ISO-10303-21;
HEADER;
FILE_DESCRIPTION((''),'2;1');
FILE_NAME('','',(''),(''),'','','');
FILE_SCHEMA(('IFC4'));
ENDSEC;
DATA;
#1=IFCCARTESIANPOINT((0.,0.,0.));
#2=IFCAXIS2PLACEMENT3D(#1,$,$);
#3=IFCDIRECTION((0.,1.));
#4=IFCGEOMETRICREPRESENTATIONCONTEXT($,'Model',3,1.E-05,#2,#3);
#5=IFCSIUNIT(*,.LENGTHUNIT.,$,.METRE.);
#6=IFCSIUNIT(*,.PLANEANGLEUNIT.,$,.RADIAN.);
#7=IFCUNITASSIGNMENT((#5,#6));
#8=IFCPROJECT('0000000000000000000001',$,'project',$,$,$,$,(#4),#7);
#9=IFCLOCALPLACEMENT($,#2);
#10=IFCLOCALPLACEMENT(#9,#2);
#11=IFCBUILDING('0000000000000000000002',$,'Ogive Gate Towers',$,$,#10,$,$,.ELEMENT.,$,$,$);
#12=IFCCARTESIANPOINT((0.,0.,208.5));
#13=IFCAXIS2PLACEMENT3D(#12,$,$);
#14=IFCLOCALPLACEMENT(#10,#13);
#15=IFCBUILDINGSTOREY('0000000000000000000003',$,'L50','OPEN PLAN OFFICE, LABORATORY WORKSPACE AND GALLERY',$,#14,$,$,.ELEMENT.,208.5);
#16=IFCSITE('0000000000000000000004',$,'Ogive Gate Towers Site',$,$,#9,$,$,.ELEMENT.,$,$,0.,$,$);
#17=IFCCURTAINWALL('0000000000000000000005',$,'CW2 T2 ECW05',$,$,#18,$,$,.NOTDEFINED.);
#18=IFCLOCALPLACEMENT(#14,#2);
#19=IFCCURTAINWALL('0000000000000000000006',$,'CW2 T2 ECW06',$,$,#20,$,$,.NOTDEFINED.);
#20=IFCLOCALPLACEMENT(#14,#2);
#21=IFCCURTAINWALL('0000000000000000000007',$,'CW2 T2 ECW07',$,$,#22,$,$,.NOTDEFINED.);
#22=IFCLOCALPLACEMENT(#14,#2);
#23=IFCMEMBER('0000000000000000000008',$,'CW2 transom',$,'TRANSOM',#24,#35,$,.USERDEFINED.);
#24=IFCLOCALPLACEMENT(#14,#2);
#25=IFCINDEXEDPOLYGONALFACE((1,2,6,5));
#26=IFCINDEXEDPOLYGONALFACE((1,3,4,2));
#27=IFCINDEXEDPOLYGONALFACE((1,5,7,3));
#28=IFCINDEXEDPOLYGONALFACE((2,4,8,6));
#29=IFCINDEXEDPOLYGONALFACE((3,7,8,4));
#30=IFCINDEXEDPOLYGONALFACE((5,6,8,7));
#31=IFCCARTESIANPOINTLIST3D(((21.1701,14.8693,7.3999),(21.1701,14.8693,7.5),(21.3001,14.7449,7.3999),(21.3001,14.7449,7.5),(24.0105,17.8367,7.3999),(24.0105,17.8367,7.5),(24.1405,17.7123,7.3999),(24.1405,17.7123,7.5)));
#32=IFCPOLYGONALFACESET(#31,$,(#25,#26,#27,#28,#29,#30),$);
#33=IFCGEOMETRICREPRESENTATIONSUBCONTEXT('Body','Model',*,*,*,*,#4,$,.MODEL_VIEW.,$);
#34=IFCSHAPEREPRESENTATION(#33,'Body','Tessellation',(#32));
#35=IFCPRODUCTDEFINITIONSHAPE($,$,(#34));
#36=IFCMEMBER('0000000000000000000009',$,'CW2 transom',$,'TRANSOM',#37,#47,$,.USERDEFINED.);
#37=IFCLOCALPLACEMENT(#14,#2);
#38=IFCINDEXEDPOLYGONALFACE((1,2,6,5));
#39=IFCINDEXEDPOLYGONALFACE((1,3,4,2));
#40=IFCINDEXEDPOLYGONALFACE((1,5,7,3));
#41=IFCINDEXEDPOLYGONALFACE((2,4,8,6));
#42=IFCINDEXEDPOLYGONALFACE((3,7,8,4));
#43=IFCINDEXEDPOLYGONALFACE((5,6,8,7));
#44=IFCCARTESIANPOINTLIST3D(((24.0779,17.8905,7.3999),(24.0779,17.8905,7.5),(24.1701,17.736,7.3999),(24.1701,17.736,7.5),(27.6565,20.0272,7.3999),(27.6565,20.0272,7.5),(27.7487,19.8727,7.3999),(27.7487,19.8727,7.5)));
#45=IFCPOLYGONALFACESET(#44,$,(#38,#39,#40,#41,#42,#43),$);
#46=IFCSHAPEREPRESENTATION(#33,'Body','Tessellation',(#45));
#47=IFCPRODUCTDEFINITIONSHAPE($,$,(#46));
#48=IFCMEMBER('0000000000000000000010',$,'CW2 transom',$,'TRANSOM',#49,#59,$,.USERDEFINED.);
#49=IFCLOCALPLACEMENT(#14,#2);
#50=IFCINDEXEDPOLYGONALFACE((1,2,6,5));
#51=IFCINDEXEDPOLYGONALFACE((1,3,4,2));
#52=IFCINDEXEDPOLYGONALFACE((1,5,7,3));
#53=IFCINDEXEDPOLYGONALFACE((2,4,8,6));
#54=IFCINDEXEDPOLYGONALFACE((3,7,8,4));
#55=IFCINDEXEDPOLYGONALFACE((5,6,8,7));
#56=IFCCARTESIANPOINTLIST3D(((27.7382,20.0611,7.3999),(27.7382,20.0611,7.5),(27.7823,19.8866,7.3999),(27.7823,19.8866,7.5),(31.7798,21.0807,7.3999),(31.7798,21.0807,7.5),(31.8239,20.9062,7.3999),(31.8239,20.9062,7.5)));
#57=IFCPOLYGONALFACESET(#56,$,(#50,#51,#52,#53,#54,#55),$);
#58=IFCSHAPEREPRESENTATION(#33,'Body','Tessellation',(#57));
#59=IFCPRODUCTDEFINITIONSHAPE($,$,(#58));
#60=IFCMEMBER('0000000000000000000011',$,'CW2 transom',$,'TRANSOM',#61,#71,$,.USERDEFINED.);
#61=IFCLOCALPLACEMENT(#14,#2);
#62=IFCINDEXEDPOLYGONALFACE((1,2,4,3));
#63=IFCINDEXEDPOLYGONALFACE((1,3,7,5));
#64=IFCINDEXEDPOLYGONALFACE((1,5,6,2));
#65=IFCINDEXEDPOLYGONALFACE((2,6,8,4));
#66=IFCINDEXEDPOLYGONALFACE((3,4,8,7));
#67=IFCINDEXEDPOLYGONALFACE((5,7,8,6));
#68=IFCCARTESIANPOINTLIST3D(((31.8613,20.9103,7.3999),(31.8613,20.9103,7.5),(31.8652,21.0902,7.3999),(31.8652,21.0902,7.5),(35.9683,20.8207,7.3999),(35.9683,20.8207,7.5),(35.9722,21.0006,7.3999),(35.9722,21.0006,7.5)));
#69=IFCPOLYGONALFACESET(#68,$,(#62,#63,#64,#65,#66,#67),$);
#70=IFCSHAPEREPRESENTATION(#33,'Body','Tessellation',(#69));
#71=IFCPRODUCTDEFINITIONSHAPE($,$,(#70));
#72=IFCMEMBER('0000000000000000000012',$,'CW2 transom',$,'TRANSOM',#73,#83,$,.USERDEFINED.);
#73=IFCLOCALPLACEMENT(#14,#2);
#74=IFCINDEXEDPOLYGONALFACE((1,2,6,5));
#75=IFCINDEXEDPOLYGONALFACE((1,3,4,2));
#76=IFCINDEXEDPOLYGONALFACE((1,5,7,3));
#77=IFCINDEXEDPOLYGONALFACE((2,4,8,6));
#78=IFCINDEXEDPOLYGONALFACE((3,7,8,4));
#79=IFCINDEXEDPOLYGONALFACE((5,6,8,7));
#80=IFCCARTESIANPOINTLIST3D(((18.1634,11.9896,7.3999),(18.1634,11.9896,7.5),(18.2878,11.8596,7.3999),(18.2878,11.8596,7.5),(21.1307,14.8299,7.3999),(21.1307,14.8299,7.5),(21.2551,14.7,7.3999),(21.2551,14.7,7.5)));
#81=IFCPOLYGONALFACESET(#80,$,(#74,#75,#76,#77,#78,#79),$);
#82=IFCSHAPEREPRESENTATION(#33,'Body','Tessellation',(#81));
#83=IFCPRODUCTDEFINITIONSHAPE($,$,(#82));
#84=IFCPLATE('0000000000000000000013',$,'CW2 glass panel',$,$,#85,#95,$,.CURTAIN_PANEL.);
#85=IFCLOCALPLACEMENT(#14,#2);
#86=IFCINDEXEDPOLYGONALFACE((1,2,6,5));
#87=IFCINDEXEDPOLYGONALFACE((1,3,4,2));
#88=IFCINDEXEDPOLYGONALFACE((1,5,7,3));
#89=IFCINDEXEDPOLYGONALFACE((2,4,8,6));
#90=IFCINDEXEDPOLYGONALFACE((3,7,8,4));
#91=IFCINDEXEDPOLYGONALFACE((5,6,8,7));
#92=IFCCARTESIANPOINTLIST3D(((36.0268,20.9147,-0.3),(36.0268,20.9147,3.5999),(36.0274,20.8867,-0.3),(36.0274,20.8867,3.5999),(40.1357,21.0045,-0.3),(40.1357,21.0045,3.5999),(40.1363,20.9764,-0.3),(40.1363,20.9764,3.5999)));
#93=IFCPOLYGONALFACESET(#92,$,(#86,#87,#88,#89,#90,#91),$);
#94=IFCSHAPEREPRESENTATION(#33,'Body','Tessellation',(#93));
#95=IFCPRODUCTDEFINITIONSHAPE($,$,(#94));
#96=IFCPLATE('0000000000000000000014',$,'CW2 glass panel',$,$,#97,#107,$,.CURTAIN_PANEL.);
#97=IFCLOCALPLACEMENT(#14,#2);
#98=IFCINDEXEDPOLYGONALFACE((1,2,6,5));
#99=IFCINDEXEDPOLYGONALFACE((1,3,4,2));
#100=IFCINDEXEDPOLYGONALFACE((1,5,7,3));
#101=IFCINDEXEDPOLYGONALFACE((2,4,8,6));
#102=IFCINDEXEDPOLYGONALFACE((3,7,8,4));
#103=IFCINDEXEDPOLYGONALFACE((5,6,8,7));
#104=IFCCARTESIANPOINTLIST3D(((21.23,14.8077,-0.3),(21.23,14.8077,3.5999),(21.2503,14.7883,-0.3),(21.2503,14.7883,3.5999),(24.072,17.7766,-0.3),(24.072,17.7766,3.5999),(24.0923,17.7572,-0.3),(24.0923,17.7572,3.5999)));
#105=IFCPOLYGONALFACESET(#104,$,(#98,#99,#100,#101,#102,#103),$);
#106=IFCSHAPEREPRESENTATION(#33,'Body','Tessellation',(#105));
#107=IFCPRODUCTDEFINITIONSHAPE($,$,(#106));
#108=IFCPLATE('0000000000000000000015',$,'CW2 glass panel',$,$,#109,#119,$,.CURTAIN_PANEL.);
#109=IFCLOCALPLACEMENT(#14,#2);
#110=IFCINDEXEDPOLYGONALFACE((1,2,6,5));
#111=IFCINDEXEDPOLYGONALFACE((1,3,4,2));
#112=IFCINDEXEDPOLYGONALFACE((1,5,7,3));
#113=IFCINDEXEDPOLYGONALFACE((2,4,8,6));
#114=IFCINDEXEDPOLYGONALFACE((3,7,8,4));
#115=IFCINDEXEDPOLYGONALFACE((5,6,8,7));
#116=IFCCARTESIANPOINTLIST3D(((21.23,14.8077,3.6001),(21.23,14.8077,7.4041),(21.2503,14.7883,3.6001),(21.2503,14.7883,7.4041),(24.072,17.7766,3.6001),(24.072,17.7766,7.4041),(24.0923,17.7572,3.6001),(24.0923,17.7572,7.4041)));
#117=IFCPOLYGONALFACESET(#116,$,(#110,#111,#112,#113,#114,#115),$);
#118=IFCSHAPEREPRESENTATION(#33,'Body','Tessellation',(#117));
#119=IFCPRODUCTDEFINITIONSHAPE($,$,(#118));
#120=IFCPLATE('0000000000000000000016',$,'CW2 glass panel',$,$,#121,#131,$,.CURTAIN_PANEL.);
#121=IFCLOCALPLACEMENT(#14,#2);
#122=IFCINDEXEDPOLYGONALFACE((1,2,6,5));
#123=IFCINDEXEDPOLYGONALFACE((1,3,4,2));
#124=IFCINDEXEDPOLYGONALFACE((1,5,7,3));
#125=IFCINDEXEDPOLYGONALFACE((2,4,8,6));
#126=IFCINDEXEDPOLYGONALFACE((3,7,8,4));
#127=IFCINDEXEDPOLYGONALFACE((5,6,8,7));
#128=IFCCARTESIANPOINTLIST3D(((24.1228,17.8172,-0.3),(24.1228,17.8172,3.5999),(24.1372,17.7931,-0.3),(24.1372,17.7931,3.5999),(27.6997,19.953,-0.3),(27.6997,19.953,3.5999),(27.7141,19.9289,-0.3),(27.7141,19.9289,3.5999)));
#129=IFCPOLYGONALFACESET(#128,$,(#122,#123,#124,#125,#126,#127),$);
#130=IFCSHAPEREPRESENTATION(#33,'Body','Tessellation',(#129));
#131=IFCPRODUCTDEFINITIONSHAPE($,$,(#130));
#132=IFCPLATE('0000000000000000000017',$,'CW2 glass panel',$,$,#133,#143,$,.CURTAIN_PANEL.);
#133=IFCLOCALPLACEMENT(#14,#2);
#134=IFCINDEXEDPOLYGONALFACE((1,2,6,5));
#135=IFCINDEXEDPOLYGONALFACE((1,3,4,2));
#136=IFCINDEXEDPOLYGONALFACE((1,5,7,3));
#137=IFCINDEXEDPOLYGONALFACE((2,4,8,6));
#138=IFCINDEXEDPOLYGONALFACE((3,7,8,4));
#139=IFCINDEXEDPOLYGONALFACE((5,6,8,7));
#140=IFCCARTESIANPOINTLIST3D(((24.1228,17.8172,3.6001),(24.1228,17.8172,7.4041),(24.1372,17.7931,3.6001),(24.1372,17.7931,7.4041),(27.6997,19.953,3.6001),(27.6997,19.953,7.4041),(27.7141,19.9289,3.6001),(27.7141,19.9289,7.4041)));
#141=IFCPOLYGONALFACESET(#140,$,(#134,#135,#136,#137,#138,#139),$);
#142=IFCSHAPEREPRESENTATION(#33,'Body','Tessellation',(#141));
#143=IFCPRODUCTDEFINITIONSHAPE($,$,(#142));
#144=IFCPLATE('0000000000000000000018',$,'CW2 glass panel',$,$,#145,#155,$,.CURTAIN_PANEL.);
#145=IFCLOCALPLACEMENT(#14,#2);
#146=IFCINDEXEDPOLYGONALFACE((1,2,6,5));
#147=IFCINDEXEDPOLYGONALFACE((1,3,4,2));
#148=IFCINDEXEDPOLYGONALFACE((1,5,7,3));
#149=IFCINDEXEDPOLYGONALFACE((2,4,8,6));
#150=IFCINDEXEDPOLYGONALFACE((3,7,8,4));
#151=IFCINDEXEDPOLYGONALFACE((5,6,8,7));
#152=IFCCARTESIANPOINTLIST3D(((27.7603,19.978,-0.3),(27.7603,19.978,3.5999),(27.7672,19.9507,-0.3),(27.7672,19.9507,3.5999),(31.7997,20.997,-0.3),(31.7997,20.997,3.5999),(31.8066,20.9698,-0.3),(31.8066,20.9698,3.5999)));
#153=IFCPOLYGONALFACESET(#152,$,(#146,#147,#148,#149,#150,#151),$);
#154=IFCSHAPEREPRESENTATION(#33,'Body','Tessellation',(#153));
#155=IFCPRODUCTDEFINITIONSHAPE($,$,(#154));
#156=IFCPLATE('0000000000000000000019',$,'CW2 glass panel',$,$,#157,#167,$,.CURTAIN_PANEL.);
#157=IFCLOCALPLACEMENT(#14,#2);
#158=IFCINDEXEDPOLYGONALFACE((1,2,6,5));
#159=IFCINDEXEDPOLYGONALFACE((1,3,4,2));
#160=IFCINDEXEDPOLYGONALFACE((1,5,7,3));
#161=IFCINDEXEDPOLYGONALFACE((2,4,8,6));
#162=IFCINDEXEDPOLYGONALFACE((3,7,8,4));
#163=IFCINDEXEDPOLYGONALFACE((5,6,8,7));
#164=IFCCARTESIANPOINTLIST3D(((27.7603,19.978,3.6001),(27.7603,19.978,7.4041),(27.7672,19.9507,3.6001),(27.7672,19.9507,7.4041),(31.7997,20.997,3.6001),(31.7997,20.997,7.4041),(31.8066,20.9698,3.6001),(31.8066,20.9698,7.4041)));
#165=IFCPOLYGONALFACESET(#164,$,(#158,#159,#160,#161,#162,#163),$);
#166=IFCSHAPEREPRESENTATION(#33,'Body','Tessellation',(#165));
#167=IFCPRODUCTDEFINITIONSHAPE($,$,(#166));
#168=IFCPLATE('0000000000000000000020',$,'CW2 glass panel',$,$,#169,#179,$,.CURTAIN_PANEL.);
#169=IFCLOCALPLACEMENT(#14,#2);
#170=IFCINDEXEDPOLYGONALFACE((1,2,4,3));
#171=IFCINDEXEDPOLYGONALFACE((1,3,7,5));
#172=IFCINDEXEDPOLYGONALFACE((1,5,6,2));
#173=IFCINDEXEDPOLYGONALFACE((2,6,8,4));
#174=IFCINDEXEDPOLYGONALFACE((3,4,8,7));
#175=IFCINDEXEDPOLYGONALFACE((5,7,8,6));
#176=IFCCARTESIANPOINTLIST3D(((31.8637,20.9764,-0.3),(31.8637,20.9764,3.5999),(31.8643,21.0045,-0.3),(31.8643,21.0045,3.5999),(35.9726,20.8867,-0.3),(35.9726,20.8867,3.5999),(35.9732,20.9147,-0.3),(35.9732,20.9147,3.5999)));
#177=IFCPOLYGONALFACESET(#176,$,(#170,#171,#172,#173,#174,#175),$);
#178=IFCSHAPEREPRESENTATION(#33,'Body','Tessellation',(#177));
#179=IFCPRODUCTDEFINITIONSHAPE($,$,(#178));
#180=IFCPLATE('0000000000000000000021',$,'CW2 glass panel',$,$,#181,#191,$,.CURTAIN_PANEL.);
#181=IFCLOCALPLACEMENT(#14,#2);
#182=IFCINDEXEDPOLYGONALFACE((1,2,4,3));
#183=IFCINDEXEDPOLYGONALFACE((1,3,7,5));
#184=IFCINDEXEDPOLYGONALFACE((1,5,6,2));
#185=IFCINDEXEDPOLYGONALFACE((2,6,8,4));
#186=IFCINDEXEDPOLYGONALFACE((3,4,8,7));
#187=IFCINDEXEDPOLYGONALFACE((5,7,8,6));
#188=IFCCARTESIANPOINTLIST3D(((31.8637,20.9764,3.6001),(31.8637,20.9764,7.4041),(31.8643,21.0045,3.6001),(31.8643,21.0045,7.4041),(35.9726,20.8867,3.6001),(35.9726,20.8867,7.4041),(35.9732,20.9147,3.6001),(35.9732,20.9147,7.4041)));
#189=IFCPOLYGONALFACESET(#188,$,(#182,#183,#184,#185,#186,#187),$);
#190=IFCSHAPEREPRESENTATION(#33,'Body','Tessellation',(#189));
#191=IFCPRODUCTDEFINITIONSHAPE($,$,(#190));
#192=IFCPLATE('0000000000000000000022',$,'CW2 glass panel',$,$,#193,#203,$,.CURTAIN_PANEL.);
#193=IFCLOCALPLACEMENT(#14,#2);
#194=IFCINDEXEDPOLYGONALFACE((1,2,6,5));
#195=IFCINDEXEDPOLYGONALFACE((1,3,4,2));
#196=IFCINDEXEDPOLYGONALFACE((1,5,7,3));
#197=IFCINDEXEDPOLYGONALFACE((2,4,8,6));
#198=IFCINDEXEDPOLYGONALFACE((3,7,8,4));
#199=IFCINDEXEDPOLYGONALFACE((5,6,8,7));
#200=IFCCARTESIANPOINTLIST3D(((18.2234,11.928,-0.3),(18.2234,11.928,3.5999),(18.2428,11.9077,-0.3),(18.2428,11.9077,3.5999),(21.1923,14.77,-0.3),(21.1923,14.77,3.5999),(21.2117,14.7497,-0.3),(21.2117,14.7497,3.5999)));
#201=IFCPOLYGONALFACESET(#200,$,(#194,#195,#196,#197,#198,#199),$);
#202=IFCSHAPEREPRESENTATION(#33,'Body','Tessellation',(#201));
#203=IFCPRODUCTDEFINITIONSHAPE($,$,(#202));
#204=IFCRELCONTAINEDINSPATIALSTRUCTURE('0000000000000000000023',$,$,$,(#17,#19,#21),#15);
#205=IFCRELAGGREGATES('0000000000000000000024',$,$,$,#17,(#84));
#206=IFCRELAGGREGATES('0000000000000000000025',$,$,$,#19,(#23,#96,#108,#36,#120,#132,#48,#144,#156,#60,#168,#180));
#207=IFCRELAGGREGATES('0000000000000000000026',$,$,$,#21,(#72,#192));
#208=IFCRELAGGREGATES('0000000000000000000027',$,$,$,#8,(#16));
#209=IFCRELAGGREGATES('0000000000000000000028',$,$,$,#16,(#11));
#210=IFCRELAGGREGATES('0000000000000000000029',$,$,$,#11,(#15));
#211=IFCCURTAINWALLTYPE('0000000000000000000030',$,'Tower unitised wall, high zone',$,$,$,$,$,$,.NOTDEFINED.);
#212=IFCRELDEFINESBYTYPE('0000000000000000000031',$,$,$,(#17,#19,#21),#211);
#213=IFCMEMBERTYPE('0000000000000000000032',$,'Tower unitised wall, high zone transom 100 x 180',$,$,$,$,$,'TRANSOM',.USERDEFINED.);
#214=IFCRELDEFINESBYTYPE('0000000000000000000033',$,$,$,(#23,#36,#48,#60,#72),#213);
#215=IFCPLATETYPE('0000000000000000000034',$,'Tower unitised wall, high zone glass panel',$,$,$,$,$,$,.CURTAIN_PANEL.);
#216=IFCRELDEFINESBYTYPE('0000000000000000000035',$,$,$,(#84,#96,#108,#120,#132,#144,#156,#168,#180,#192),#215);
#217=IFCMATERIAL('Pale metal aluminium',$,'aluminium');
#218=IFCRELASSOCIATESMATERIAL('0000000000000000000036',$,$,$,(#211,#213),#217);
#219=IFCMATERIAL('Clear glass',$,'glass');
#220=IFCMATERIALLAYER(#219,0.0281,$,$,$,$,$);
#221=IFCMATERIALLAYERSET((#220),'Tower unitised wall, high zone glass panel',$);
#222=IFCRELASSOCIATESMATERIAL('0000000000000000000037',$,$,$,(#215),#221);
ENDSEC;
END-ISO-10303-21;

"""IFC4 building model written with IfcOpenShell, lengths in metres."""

from ifc_helpers import new_model, si_unit, direction, frame, origin, origin_2d, place, context, subcontext, project, spatial, rectangle, extrude, material, layer, layer_set, material_profile, profile_set, type_object, element, aggregate, save


model = new_model("IFC4")

# Units and contexts
model_context = context("Model", 3, precision=1e-05, world=origin(), true_north=direction((0.0, 1.0)))
body_context = subcontext(model_context, "Body", "Model", "MODEL_VIEW")
ifc_project = project(units=[si_unit("LENGTHUNIT", "METRE"), si_unit("PLANEANGLEUNIT", "RADIAN")], contexts=[model_context])

# Site, building, storey
site_placement = place(None, origin())
site = spatial("IfcSite", under=ifc_project, at=site_placement, Name="Ogive Gate Towers Site", CompositionType="ELEMENT", RefElevation=0.0)
building_placement = place(site_placement, origin())
building = spatial("IfcBuilding", under=site, at=building_placement, Name="Ogive Gate Towers", CompositionType="ELEMENT")
storey_placement = place(building_placement, frame((0.0, 0.0, 208.5)))
storey = spatial("IfcBuildingStorey", under=building, at=storey_placement, Name="L50", Description="OPEN PLAN OFFICE, LABORATORY WORKSPACE AND GALLERY", CompositionType="ELEMENT", Elevation=208.5)

# Curtain wall
ifc_material_1 = material(Name="Pale metal aluminium", Category="aluminium")
curtain_wall_type = type_object("IfcCurtainWallType", Name="Tower unitised wall, high zone", PredefinedType="NOTDEFINED", material=ifc_material_1)
curtain_wall_1_placement = place(storey_placement, origin())
curtain_wall_1 = element("IfcCurtainWall", 1, at=curtain_wall_1_placement, inside=storey, type_object=curtain_wall_type, Name="CW2 T2 ECW05", PredefinedType="NOTDEFINED")

# Curtain wall
curtain_wall_2_placement = place(storey_placement, origin())
curtain_wall_2 = element("IfcCurtainWall", 2, at=curtain_wall_2_placement, inside=storey, type_object=curtain_wall_type, Name="CW2 T2 ECW06", PredefinedType="NOTDEFINED")

# Curtain wall
curtain_wall_3_placement = place(storey_placement, origin())
curtain_wall_3 = element("IfcCurtainWall", 3, at=curtain_wall_3_placement, inside=storey, type_object=curtain_wall_type, Name="CW2 T2 ECW07", PredefinedType="NOTDEFINED")

# Members
ifc_material_profile_1 = material_profile(ifc_material_1, rectangle(XDim=0.1799, YDim=0.1001, at=origin_2d()), Name="100 x 180 aluminium box")
ifc_profile_set_1 = profile_set([ifc_material_profile_1], Name="Pale metal aluminium")
member_type_1 = type_object("IfcMemberType", Name="Tower unitised wall, high zone transom 100 x 180", ElementType="TRANSOM", PredefinedType="USERDEFINED", material=ifc_profile_set_1)
member_1_placement = place(storey_placement, frame((21.2351, 14.8071, 7.45), z_axis=(0.691484, 0.722391, 0.0), x_axis=(-0.722391, 0.691484, 0.0)))
member_1 = element("IfcMember", 4, at=member_1_placement, type_object=member_type_1, Name="CW2 transom", ObjectType="TRANSOM", PredefinedType="USERDEFINED", context=body_context, shape_type="SweptSolid", body=[
    extrude(rectangle(XDim=0.1799, YDim=0.1001, at=origin_2d()), origin(), (0.0, 0.0, 1.0), 4.1077),
])
member_2_placement = place(storey_placement, frame((24.124, 17.8132, 7.45), z_axis=(0.858597, 0.512651, 0.0), x_axis=(-0.512651, 0.858597, 0.0)))
member_2 = element("IfcMember", 5, at=member_2_placement, type_object=member_type_1, Name="CW2 transom", ObjectType="TRANSOM", PredefinedType="USERDEFINED", context=body_context, shape_type="SweptSolid", body=[
    extrude(rectangle(XDim=0.1799, YDim=0.1001, at=origin_2d()), origin(), (0.0, 0.0, 1.0), 4.168),
])
member_3_placement = place(storey_placement, frame((27.7603, 19.9739, 7.45), z_axis=(0.969623, 0.244602, 0.0), x_axis=(-0.244602, 0.969623, 0.0)))
member_3 = element("IfcMember", 6, at=member_3_placement, type_object=member_type_1, Name="CW2 transom", ObjectType="TRANSOM", PredefinedType="USERDEFINED", context=body_context, shape_type="SweptSolid", body=[
    extrude(rectangle(XDim=0.1799, YDim=0.1001, at=origin_2d()), origin(), (0.0, 0.0, 1.0), 4.1682),
])
member_4_placement = place(storey_placement, frame((31.8633, 21.0002, 7.45), z_axis=(0.999762, -0.021811, 0.0), x_axis=(0.021811, 0.999762, 0.0)))
member_4 = element("IfcMember", 7, at=member_4_placement, type_object=member_type_1, Name="CW2 transom", ObjectType="TRANSOM", PredefinedType="USERDEFINED", context=body_context, shape_type="SweptSolid", body=[
    extrude(rectangle(XDim=0.1799, YDim=0.1001, at=origin_2d()), origin(), (0.0, 0.0, 1.0), 4.1079),
])
member_5_placement = place(storey_placement, frame((18.2256, 11.9246, 7.45), z_axis=(0.722391, 0.691484, 0.0), x_axis=(-0.691484, 0.722391, 0.0)))
member_5 = element("IfcMember", 8, at=member_5_placement, type_object=member_type_1, Name="CW2 transom", ObjectType="TRANSOM", PredefinedType="USERDEFINED", context=body_context, shape_type="SweptSolid", body=[
    extrude(rectangle(XDim=0.1799, YDim=0.1001, at=origin_2d()), origin(), (0.0, 0.0, 1.0), 4.1077),
])

# Plates
ifc_material_2 = material(Name="Clear glass", Category="glass")
ifc_layer_1 = layer(ifc_material_2, 0.0281)
ifc_layer_set_1 = layer_set([ifc_layer_1], Name="Tower unitised wall, high zone glass panel")
plate_type = type_object("IfcPlateType", Name="Tower unitised wall, high zone glass panel", PredefinedType="CURTAIN_PANEL", material=ifc_layer_set_1)
plate_1_placement = place(storey_placement, frame((38.0815, 20.9456, -0.3), z_axis=(0.0, 0.0, 1.0), x_axis=(0.999762, 0.021832, 0.0)))
plate_1 = element("IfcPlate", 9, at=plate_1_placement, type_object=plate_type, Name="CW2 glass panel", PredefinedType="CURTAIN_PANEL", context=body_context, shape_type="SweptSolid", body=[
    extrude(rectangle(XDim=4.1099, YDim=0.0281, at=origin_2d()), origin(), (0.0, 0.0, 1.0), 3.8999),
])
aggregate(curtain_wall_1, [plate_1])
plate_2_placement = place(storey_placement, frame((22.6611, 16.2825, -0.3), z_axis=(0.0, 0.0, 1.0), x_axis=(0.6915, 0.722376, 0.0)))
plate_2 = element("IfcPlate", 10, at=plate_2_placement, type_object=plate_type, Name="CW2 glass panel", PredefinedType="CURTAIN_PANEL", context=body_context, shape_type="SweptSolid", body=[
    extrude(rectangle(XDim=4.1099, YDim=0.0281, at=origin_2d()), origin(), (0.0, 0.0, 1.0), 3.8999),
])
plate_3_placement = place(storey_placement, frame((22.6611, 16.2825, 3.6001), z_axis=(0.0, 0.0, 1.0), x_axis=(0.6915, 0.722376, 0.0)))
plate_3 = element("IfcPlate", 11, at=plate_3_placement, type_object=plate_type, Name="CW2 glass panel", PredefinedType="CURTAIN_PANEL", context=body_context, shape_type="SweptSolid", body=[
    extrude(rectangle(XDim=4.1099, YDim=0.0281, at=origin_2d()), origin(), (0.0, 0.0, 1.0), 3.804),
])
plate_4_placement = place(storey_placement, frame((25.9185, 18.873, -0.3), z_axis=(0.0, 0.0, 1.0), x_axis=(0.858584, 0.512672, 0.0)))
plate_4 = element("IfcPlate", 12, at=plate_4_placement, type_object=plate_type, Name="CW2 glass panel", PredefinedType="CURTAIN_PANEL", context=body_context, shape_type="SweptSolid", body=[
    extrude(rectangle(XDim=4.166, YDim=0.0281, at=origin_2d()), origin(), (0.0, 0.0, 1.0), 3.8999),
])
plate_5_placement = place(storey_placement, frame((25.9185, 18.873, 3.6001), z_axis=(0.0, 0.0, 1.0), x_axis=(0.858584, 0.512672, 0.0)))
plate_5 = element("IfcPlate", 13, at=plate_5_placement, type_object=plate_type, Name="CW2 glass panel", PredefinedType="CURTAIN_PANEL", context=body_context, shape_type="SweptSolid", body=[
    extrude(rectangle(XDim=4.166, YDim=0.0281, at=origin_2d()), origin(), (0.0, 0.0, 1.0), 3.804),
])
plate_6_placement = place(storey_placement, frame((29.7834, 20.4739, -0.3), z_axis=(0.0, 0.0, 1.0), x_axis=(0.969621, 0.244614, 0.0)))
plate_6 = element("IfcPlate", 14, at=plate_6_placement, type_object=plate_type, Name="CW2 glass panel", PredefinedType="CURTAIN_PANEL", context=body_context, shape_type="SweptSolid", body=[
    extrude(rectangle(XDim=4.166, YDim=0.0281, at=origin_2d()), origin(), (0.0, 0.0, 1.0), 3.8999),
])
plate_7_placement = place(storey_placement, frame((29.7834, 20.4739, 3.6001), z_axis=(0.0, 0.0, 1.0), x_axis=(0.969621, 0.244614, 0.0)))
plate_7 = element("IfcPlate", 15, at=plate_7_placement, type_object=plate_type, Name="CW2 glass panel", PredefinedType="CURTAIN_PANEL", context=body_context, shape_type="SweptSolid", body=[
    extrude(rectangle(XDim=4.166, YDim=0.0281, at=origin_2d()), origin(), (0.0, 0.0, 1.0), 3.804),
])
plate_8_placement = place(storey_placement, frame((33.9185, 20.9456, -0.3), z_axis=(0.0, 0.0, 1.0), x_axis=(0.999762, -0.021832, 0.0)))
plate_8 = element("IfcPlate", 16, at=plate_8_placement, type_object=plate_type, Name="CW2 glass panel", PredefinedType="CURTAIN_PANEL", context=body_context, shape_type="SweptSolid", body=[
    extrude(rectangle(XDim=4.1099, YDim=0.0281, at=origin_2d()), origin(), (0.0, 0.0, 1.0), 3.8999),
])
plate_9_placement = place(storey_placement, frame((33.9185, 20.9456, 3.6001), z_axis=(0.0, 0.0, 1.0), x_axis=(0.999762, -0.021832, 0.0)))
plate_9 = element("IfcPlate", 17, at=plate_9_placement, type_object=plate_type, Name="CW2 glass panel", PredefinedType="CURTAIN_PANEL", context=body_context, shape_type="SweptSolid", body=[
    extrude(rectangle(XDim=4.1099, YDim=0.0281, at=origin_2d()), origin(), (0.0, 0.0, 1.0), 3.804),
])
aggregate(curtain_wall_2, [member_1, plate_2, plate_3, member_2, plate_4, plate_5, member_3, plate_6, plate_7, member_4, plate_8, plate_9])
plate_10_placement = place(storey_placement, frame((19.7175, 13.3389, -0.3), z_axis=(0.0, 0.0, 1.0), x_axis=(0.722376, 0.6915, 0.0)))
plate_10 = element("IfcPlate", 18, at=plate_10_placement, type_object=plate_type, Name="CW2 glass panel", PredefinedType="CURTAIN_PANEL", context=body_context, shape_type="SweptSolid", body=[
    extrude(rectangle(XDim=4.1099, YDim=0.0281, at=origin_2d()), origin(), (0.0, 0.0, 1.0), 3.8999),
])
aggregate(curtain_wall_3, [member_5, plate_10])

save(model, "model.ifc")
